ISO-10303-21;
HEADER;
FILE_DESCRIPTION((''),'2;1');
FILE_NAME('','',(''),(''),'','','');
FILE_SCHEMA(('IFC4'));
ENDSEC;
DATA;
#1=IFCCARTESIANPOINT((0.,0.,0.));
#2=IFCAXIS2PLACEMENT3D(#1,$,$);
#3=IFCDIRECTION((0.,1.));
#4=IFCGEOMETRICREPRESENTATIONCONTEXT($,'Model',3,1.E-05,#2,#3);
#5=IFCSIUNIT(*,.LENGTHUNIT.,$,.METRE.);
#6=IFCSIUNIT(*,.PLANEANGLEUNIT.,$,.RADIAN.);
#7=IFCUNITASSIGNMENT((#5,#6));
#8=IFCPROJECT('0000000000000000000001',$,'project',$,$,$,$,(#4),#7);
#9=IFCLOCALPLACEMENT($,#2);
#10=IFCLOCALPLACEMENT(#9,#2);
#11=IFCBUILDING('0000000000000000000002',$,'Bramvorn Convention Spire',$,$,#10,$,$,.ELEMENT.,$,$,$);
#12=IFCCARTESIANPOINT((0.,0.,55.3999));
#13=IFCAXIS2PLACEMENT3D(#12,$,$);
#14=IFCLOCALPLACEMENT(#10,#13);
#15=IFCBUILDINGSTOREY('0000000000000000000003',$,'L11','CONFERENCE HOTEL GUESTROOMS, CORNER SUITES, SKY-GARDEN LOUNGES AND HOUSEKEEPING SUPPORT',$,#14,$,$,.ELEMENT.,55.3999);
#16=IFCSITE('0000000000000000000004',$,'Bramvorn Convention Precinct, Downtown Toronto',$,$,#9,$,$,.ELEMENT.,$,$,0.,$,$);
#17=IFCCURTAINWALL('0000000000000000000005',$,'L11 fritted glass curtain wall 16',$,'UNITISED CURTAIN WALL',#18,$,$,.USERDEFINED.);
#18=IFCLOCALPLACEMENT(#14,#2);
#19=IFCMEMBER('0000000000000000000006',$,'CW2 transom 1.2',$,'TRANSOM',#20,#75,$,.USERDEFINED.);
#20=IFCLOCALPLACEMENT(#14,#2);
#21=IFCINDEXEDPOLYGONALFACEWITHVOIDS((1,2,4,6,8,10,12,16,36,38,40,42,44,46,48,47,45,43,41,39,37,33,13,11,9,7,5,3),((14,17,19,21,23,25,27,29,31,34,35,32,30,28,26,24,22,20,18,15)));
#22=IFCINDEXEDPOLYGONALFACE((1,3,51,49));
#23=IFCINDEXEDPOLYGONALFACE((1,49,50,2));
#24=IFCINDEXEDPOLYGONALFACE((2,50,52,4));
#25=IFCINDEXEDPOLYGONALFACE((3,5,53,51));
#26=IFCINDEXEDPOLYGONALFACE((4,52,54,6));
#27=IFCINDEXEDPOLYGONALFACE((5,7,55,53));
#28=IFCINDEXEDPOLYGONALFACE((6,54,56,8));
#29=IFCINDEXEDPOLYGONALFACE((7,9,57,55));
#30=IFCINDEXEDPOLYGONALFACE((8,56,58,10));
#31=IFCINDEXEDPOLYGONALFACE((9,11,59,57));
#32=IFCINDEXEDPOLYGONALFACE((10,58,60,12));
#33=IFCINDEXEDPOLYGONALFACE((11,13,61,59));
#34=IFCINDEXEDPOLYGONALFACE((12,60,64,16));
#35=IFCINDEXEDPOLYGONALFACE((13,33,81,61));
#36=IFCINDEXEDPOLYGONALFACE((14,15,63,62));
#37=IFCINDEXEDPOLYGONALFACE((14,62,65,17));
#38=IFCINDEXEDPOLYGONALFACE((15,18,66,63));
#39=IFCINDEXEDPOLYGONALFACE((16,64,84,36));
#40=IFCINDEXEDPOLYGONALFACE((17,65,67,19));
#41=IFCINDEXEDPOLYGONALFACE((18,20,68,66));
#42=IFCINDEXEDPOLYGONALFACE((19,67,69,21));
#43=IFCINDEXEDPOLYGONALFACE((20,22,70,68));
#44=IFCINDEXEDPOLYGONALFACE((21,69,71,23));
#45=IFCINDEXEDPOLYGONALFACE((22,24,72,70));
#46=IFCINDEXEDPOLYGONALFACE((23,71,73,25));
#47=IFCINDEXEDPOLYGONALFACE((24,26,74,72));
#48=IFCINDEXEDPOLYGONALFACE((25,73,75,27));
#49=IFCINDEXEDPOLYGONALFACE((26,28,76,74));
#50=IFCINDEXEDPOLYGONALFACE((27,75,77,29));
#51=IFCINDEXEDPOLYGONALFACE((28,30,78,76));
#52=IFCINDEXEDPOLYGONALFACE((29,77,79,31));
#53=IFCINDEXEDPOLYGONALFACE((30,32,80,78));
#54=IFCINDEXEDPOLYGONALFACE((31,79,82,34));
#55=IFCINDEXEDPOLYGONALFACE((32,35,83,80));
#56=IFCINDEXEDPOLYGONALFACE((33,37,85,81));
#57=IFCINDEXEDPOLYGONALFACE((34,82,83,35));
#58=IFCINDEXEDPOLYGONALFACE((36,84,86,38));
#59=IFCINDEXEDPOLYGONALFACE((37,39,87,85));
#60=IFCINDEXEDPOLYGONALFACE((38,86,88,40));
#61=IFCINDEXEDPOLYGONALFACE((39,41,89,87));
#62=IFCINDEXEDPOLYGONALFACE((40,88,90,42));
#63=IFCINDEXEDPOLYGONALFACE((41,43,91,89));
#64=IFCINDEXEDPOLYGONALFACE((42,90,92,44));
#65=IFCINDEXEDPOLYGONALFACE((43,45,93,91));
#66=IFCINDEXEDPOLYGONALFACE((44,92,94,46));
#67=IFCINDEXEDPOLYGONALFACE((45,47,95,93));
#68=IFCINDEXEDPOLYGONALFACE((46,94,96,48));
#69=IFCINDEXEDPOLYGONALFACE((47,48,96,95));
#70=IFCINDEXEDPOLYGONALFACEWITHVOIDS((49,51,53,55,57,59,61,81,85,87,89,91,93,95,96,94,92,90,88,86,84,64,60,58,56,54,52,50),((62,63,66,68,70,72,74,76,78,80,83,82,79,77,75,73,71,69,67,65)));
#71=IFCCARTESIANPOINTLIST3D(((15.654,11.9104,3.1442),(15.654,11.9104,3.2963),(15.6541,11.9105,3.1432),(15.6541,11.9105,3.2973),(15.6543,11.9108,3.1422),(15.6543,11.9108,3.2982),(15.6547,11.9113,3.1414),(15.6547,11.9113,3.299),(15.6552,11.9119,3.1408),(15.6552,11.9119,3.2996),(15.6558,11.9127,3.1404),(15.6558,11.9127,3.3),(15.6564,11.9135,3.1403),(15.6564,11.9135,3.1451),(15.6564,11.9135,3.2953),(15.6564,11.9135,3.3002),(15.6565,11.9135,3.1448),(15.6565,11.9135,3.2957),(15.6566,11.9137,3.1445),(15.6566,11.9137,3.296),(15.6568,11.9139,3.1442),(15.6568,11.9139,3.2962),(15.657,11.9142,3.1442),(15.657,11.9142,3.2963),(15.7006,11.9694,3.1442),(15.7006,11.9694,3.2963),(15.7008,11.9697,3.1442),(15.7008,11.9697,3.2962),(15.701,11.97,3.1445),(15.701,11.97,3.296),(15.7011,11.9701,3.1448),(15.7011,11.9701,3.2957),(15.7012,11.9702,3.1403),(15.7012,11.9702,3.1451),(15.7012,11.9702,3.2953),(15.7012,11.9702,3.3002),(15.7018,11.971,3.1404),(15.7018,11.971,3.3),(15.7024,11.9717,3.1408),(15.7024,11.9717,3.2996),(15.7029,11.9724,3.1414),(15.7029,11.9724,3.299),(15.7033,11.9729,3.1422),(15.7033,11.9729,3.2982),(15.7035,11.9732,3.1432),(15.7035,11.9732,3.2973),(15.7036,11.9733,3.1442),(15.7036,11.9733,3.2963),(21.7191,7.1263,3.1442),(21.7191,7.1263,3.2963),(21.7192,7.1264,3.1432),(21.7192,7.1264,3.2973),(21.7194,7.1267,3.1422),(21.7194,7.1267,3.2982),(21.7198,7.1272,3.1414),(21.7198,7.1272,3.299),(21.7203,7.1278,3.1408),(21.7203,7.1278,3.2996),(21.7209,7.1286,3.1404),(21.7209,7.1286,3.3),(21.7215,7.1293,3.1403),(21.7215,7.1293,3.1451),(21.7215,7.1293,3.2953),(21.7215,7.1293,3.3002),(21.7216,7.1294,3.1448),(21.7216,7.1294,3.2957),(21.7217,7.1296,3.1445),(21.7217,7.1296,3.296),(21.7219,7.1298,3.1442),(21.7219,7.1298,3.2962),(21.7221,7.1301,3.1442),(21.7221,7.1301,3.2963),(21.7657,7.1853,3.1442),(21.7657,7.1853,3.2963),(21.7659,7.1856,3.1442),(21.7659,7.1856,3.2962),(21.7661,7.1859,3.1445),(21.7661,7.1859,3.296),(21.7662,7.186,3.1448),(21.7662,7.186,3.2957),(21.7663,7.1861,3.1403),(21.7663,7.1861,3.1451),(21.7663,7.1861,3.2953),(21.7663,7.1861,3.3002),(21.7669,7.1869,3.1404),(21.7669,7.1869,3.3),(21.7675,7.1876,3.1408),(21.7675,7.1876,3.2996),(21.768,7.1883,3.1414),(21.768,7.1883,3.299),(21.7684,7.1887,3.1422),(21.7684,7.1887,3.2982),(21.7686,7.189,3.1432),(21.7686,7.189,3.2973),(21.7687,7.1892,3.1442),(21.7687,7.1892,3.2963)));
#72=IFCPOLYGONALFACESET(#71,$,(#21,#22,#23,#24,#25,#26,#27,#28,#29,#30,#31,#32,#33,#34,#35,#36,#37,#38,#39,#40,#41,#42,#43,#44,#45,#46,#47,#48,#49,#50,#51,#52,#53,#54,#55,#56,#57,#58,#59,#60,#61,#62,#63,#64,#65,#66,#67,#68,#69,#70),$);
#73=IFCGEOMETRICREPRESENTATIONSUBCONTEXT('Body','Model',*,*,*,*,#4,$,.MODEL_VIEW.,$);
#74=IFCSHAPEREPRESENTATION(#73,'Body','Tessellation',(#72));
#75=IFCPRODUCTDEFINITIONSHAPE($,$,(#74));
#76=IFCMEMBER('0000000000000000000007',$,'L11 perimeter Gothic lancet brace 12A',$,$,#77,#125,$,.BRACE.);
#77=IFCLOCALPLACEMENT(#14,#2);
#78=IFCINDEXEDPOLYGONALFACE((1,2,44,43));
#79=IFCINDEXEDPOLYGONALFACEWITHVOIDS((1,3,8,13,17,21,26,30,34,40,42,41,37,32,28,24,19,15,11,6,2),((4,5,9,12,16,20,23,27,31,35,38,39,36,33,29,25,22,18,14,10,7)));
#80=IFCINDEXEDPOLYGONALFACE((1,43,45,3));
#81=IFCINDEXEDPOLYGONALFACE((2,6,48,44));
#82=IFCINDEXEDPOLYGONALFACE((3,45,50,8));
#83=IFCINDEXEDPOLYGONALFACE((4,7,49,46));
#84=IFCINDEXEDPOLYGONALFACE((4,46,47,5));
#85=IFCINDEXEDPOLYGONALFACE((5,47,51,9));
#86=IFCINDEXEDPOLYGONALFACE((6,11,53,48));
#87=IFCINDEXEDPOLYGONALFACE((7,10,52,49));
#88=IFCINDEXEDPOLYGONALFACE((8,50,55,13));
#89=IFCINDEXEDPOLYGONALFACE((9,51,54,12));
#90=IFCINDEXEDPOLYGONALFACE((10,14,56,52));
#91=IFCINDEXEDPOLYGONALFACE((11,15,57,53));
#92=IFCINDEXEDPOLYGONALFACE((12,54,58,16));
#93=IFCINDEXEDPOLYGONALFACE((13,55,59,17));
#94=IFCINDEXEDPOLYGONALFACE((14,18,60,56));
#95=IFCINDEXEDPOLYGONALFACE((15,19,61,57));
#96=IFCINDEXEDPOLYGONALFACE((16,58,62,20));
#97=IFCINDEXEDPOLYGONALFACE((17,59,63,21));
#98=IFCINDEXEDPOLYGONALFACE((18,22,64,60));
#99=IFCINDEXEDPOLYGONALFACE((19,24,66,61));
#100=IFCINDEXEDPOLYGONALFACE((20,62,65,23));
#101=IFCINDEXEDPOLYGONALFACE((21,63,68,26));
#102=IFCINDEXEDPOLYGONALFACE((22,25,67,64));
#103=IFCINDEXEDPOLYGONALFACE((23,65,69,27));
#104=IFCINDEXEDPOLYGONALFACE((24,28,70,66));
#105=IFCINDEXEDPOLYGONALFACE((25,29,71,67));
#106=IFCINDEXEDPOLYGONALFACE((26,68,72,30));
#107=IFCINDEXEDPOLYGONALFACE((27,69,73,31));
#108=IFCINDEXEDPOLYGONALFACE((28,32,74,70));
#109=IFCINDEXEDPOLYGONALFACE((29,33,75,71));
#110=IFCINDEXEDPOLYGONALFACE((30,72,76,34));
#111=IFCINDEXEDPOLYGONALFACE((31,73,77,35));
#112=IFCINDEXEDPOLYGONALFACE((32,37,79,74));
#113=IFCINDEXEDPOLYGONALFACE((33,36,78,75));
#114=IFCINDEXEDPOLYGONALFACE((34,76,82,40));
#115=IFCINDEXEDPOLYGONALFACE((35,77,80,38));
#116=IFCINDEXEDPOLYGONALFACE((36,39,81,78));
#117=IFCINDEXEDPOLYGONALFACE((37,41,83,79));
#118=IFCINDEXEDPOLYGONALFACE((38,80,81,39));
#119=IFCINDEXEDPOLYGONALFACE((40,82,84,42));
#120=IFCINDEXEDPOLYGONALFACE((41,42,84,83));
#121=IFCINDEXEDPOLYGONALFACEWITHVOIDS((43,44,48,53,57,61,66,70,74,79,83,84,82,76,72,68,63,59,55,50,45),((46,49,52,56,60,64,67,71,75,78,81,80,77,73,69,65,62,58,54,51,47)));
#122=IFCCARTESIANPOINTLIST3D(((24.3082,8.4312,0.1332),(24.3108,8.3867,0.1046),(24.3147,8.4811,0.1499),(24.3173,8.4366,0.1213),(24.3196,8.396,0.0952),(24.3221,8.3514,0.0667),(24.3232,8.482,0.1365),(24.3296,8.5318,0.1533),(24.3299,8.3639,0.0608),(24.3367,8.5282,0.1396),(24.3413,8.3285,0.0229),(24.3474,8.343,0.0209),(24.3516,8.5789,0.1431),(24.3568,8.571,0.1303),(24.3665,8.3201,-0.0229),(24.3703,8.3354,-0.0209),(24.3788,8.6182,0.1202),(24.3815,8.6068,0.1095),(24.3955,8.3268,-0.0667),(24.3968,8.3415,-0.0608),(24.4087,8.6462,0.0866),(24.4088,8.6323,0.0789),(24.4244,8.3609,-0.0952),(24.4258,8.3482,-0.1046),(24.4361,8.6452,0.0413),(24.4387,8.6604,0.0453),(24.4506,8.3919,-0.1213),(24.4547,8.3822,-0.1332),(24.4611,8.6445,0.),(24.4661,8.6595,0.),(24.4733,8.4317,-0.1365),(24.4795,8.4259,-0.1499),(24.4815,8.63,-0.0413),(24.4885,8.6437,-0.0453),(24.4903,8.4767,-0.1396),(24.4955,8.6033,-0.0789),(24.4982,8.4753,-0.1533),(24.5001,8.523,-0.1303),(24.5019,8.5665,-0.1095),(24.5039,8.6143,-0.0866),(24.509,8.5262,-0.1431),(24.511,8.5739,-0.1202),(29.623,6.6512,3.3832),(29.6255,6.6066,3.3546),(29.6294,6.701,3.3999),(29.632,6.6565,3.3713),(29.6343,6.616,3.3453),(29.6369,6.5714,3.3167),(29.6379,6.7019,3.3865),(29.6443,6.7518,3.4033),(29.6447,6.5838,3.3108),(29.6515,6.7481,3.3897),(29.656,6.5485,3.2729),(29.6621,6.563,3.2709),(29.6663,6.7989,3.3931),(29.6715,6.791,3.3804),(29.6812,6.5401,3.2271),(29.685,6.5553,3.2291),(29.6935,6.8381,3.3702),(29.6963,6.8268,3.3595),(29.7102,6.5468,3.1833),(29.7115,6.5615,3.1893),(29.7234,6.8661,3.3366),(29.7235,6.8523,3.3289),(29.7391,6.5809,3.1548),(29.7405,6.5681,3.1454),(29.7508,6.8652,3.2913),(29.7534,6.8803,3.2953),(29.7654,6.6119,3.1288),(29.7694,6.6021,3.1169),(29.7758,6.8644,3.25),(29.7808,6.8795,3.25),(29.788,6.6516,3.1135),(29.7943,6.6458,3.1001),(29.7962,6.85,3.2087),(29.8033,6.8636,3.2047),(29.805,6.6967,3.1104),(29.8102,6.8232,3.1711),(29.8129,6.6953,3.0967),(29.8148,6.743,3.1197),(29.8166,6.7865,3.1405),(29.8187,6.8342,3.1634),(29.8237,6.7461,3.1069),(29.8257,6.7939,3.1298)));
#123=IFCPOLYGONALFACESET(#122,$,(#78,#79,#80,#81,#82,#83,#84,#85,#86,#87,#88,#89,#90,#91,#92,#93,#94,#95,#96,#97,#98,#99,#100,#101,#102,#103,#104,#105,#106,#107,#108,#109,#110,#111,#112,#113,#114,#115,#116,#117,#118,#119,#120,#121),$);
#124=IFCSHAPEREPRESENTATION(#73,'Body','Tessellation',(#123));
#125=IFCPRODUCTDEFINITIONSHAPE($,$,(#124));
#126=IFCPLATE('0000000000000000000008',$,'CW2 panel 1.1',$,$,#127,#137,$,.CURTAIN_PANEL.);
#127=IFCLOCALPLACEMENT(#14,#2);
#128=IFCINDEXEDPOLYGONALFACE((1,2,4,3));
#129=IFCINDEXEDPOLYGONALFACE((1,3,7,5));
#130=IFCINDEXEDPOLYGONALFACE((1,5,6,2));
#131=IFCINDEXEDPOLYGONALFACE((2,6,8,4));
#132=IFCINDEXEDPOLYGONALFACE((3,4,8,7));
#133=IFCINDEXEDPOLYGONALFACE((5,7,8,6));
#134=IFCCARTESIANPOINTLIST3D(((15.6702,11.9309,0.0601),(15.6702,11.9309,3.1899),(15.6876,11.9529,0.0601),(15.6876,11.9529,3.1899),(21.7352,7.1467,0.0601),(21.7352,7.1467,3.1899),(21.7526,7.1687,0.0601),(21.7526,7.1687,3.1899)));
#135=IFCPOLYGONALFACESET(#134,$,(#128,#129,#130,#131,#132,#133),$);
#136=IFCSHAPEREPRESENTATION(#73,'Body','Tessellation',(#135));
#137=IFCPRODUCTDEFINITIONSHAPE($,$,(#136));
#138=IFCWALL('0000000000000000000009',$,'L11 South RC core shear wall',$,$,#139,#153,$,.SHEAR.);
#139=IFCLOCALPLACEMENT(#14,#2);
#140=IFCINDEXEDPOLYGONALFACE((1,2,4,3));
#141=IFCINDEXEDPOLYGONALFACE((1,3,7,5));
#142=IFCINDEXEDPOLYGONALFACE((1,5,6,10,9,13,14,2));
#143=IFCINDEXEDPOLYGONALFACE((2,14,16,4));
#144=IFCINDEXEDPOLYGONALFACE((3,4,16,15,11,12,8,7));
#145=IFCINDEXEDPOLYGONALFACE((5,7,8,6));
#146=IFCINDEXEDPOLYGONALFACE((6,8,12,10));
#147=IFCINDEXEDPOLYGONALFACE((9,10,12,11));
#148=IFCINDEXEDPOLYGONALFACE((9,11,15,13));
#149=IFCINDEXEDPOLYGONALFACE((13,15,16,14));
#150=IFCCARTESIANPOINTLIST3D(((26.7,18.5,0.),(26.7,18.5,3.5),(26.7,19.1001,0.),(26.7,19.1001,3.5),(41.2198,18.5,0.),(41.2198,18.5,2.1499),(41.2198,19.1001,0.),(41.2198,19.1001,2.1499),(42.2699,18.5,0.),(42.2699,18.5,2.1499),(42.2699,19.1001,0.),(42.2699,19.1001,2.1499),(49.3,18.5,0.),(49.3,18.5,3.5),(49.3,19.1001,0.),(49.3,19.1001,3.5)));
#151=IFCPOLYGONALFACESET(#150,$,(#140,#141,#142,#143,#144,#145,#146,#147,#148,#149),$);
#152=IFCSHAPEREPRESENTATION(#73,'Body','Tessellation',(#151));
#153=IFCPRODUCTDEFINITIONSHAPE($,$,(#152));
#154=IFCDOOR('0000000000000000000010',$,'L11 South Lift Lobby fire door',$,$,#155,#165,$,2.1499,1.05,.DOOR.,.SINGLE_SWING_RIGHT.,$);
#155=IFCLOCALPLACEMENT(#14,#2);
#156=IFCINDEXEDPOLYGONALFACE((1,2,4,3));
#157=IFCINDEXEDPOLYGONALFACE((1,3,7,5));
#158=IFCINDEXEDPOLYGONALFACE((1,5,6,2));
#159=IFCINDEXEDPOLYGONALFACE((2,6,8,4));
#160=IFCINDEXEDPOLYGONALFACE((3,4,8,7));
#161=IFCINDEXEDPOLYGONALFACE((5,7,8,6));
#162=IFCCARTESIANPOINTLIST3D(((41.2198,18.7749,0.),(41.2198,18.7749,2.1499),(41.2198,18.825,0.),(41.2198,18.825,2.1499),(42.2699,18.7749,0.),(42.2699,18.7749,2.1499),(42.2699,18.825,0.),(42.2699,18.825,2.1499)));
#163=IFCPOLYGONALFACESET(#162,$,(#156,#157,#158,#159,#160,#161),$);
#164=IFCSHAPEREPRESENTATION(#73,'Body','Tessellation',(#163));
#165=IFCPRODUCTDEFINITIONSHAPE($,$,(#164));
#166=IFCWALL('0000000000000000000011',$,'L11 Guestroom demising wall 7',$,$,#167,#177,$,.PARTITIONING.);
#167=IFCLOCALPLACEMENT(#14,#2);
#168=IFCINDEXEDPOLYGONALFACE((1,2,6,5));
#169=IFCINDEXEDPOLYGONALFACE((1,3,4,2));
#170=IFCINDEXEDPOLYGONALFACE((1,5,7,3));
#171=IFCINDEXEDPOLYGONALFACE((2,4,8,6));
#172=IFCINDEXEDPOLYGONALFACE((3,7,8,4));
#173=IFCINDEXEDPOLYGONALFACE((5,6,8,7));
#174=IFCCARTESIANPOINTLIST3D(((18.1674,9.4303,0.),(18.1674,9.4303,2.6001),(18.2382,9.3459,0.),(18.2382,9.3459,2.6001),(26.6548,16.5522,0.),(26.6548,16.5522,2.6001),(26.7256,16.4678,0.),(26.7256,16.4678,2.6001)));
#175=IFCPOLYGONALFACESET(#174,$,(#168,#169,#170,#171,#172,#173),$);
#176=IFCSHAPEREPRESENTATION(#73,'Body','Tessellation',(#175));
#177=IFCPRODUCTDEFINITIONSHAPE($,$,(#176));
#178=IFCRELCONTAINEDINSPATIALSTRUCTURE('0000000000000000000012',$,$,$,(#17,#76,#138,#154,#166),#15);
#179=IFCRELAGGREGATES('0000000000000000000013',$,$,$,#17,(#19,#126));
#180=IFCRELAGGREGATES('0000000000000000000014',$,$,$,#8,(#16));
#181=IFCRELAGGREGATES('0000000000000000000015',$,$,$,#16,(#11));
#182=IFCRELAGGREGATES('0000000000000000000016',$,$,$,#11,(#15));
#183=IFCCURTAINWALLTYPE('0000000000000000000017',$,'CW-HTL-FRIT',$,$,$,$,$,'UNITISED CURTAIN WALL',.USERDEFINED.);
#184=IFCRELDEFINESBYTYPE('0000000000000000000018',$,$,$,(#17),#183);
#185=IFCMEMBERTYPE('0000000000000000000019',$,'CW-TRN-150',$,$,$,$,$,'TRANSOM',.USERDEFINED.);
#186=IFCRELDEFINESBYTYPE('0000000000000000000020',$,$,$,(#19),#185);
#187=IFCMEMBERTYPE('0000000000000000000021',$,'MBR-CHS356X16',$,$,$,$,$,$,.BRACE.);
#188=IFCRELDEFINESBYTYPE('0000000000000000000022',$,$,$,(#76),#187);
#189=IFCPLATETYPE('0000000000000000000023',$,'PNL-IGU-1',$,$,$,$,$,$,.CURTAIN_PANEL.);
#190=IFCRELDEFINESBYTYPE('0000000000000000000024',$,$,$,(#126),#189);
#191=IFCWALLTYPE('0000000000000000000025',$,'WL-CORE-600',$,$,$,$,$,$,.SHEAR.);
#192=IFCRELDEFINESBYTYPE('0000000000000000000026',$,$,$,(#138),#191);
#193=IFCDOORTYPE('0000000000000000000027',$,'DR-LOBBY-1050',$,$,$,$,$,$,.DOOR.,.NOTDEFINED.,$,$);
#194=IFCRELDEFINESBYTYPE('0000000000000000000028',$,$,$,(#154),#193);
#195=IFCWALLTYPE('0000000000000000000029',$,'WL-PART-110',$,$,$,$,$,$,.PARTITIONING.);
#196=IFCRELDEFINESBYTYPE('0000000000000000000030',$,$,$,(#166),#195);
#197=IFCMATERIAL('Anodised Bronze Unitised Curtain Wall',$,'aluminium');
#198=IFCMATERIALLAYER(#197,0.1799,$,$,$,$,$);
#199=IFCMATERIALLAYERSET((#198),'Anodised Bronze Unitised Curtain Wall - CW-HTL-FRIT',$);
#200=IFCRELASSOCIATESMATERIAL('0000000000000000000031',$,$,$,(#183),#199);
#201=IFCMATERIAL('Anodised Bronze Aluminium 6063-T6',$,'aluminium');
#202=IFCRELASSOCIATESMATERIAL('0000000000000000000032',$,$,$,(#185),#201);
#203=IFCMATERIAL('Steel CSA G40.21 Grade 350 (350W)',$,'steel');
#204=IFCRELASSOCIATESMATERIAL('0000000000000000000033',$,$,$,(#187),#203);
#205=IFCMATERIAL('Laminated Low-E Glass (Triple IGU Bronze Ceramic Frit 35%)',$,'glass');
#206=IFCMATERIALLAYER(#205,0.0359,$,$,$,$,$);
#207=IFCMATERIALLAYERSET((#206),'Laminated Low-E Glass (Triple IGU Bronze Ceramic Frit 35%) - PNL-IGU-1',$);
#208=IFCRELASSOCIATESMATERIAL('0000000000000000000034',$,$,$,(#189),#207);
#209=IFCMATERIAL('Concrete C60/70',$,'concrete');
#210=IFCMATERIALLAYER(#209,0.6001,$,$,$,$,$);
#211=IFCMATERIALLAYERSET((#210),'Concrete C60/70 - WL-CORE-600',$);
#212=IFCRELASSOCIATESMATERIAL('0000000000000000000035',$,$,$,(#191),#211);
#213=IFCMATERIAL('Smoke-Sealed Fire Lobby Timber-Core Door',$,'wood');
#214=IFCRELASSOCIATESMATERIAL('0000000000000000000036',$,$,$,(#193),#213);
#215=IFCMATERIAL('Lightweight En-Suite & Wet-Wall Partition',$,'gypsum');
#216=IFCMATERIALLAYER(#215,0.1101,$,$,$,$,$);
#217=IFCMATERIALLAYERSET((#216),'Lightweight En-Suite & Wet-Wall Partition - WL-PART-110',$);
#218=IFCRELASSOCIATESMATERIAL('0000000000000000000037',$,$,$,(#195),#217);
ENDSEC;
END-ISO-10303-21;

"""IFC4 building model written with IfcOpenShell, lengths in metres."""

from ifc_helpers import new_model, si_unit, direction, frame, frame_2d, origin, origin_2d, place, context, subcontext, project, spatial, rectangle, hollow_rectangle, hollow_circle, extrude, material, layer, layer_set, material_profile, profile_set, type_object, element, fill, aggregate, save


model = new_model("IFC4")

# Units and contexts
model_context = context("Model", 3, precision=1e-05, world=origin(), true_north=direction((0.0, 1.0)))
body_context = subcontext(model_context, "Body", "Model", "MODEL_VIEW")
ifc_project = project(units=[si_unit("LENGTHUNIT", "METRE"), si_unit("PLANEANGLEUNIT", "RADIAN")], contexts=[model_context])

# Site, building, storey
site_placement = place(None, origin())
site = spatial("IfcSite", under=ifc_project, at=site_placement, Name="Bramvorn Convention Precinct, Downtown Toronto", CompositionType="ELEMENT", RefElevation=0.0)
building_placement = place(site_placement, origin())
building = spatial("IfcBuilding", under=site, at=building_placement, Name="Bramvorn Convention Spire", CompositionType="ELEMENT")
storey_placement = place(building_placement, frame((0.0, 0.0, 55.3999)))
storey = spatial("IfcBuildingStorey", under=building, at=storey_placement, Name="L11", Description="CONFERENCE HOTEL GUESTROOMS, CORNER SUITES, SKY-GARDEN LOUNGES AND HOUSEKEEPING SUPPORT", CompositionType="ELEMENT", Elevation=55.3999)

# Shared definitions
ifc_material_1 = material(Name="Steel CSA G40.21 Grade 350 (350W)", Category="steel")

# Curtain wall, member
ifc_material_2 = material(Name="Anodised Bronze Unitised Curtain Wall", Category="aluminium")
ifc_layer_1 = layer(ifc_material_2, 0.1799)
ifc_layer_set_1 = layer_set([ifc_layer_1], Name="Anodised Bronze Unitised Curtain Wall - CW-HTL-FRIT")
curtain_wall_type = type_object("IfcCurtainWallType", Name="CW-HTL-FRIT", ElementType="UNITISED CURTAIN WALL", PredefinedType="USERDEFINED", material=ifc_layer_set_1)
curtain_wall_placement = place(storey_placement, origin())
curtain_wall = element("IfcCurtainWall", 1, at=curtain_wall_placement, inside=storey, type_object=curtain_wall_type, Name="L11 fritted glass curtain wall 16", ObjectType="UNITISED CURTAIN WALL", PredefinedType="USERDEFINED")
ifc_material_3 = material(Name="Anodised Bronze Aluminium 6063-T6", Category="aluminium")
ifc_material_profile_1 = material_profile(ifc_material_3, hollow_rectangle(XDim=0.0801, YDim=0.1599, WallThickness=0.0039, InnerFilletRadius=0.001, OuterFilletRadius=0.0039, at=origin_2d()))
ifc_profile_set_1 = profile_set([ifc_material_profile_1], Name="Anodised Bronze Aluminium 6063-T6 - CWT80X160")
member_type_1 = type_object("IfcMemberType", Name="CW-TRN-150", ElementType="TRANSOM", PredefinedType="USERDEFINED", material=ifc_profile_set_1)
member_1_placement = place(storey_placement, frame((21.7439, 7.1577, 3.2202), z_axis=(-0.785142, 0.619315, 0.0), x_axis=(-0.619315, -0.785142, 0.0)))
member_1 = element("IfcMember", 2, at=member_1_placement, type_object=member_type_1, Name="CW2 transom 1.2", ObjectType="TRANSOM", PredefinedType="USERDEFINED", context=body_context, shape_type="SweptSolid", body=[
    extrude(hollow_rectangle(XDim=0.0801, YDim=0.1599, WallThickness=0.0039, InnerFilletRadius=0.001, OuterFilletRadius=0.0039, at=origin_2d()), origin(), (0.0, 0.0, 1.0), 7.7249),
])

# Member
ifc_material_profile_2 = material_profile(ifc_material_1, hollow_circle(Radius=0.1777, WallThickness=0.0159, at=origin_2d()))
ifc_profile_set_2 = profile_set([ifc_material_profile_2], Name="Steel CSA G40.21 Grade 350 (350W) - CHS356X16")
member_type_2 = type_object("IfcMemberType", Name="MBR-CHS356X16", PredefinedType="BRACE", material=ifc_profile_set_2)
member_2_placement = place(storey_placement, frame((24.4097, 8.491, 0.0), z_axis=(0.8203, -0.27474, 0.501623), x_axis=(0.317586, 0.948229, 0.0)))
element("IfcMember", 3, at=member_2_placement, inside=storey, type_object=member_type_2, Name="L11 perimeter Gothic lancet brace 12A", PredefinedType="BRACE", context=body_context, shape_type="SweptSolid", body=[
    extrude(hollow_circle(Radius=0.1777, WallThickness=0.0159, at=origin_2d()), origin(), (0.0, 0.0, 1.0), 6.479),
])

# Plate
ifc_material_4 = material(Name="Laminated Low-E Glass (Triple IGU Bronze Ceramic Frit 35%)", Category="glass")
ifc_layer_2 = layer(ifc_material_4, 0.0359)
ifc_layer_set_2 = layer_set([ifc_layer_2], Name="Laminated Low-E Glass (Triple IGU Bronze Ceramic Frit 35%) - PNL-IGU-1")
plate_type = type_object("IfcPlateType", Name="PNL-IGU-1", PredefinedType="CURTAIN_PANEL", material=ifc_layer_set_2)
plate_placement = place(storey_placement, frame((18.7114, 9.5498, 0.0601), z_axis=(0.0, 0.0, 1.0), x_axis=(-0.785131, 0.61933, 0.0)))
plate = element("IfcPlate", 4, at=plate_placement, type_object=plate_type, Name="CW2 panel 1.1", PredefinedType="CURTAIN_PANEL", context=body_context, shape_type="SweptSolid", body=[
    extrude(rectangle(XDim=7.7249, YDim=0.0281, at=origin_2d()), origin(), (0.0, 0.0, 1.0), 3.1299),
])
aggregate(curtain_wall, [member_1, plate])

# Wall, opening, door
ifc_material_5 = material(Name="Concrete C60/70", Category="concrete")
ifc_layer_3 = layer(ifc_material_5, 0.6001)
ifc_layer_set_3 = layer_set([ifc_layer_3], Name="Concrete C60/70 - WL-CORE-600")
wall_type_1 = type_object("IfcWallType", Name="WL-CORE-600", PredefinedType="SHEAR", material=ifc_layer_set_3)
wall_1_placement = place(storey_placement, frame((26.7, 18.8, 0.0), z_axis=(0.0, 0.0, 1.0), x_axis=(1.0, 0.0, 0.0)))
wall_1 = element("IfcWall", 5, at=wall_1_placement, inside=storey, type_object=wall_type_1, Name="L11 South RC core shear wall", PredefinedType="SHEAR", context=body_context, shape_type="SweptSolid", body=[
    extrude(rectangle(XDim=22.6001, YDim=0.6001, at=frame_2d((11.3, 0.0))), origin(), (0.0, 0.0, 1.0), 3.5),
])
opening_1_placement = place(wall_1_placement, frame((14.52, 0.0, 0.0)))
opening_1 = element("IfcOpeningElement", 6, at=opening_1_placement, cuts=wall_1, PredefinedType="OPENING", context=body_context, shape_type="SweptSolid", body=[
    extrude(rectangle(XDim=1.05, YDim=2.1499, at=frame_2d((0.5249, 1.075))), frame((0.0, 0.3101, 0.0), z_axis=(0.0, -1.0, 0.0), x_axis=(1.0, 0.0, 0.0)), (0.0, 0.0, 1.0), 0.6201),
])
ifc_material_6 = material(Name="Smoke-Sealed Fire Lobby Timber-Core Door", Category="wood")
door_type_1 = type_object("IfcDoorType", Name="DR-LOBBY-1050", OperationType="NOTDEFINED", PredefinedType="DOOR", material=ifc_material_6)
door_1_placement = place(opening_1_placement, origin())
door_1 = element("IfcDoor", 7, at=door_1_placement, inside=storey, type_object=door_type_1, Name="L11 South Lift Lobby fire door", OperationType="SINGLE_SWING_RIGHT", OverallHeight=2.1499, OverallWidth=1.05, PredefinedType="DOOR", context=body_context, shape_type="SweptSolid", body=[
    extrude(rectangle(XDim=1.05, YDim=2.1499, at=frame_2d((0.5249, 1.075))), frame((0.0, 0.0249, 0.0), z_axis=(0.0, -1.0, 0.0), x_axis=(1.0, 0.0, 0.0)), (0.0, 0.0, 1.0), 0.05),
])
fill(opening_1, door_1)

# Wall
ifc_material_7 = material(Name="Lightweight En-Suite & Wet-Wall Partition", Category="gypsum")
ifc_layer_4 = layer(ifc_material_7, 0.1101)
ifc_layer_set_4 = layer_set([ifc_layer_4], Name="Lightweight En-Suite & Wet-Wall Partition - WL-PART-110")
wall_type_2 = type_object("IfcWallType", Name="WL-PART-110", PredefinedType="PARTITIONING", material=ifc_layer_set_4)
wall_2_placement = place(storey_placement, frame((26.6902, 16.51, 0.0), z_axis=(0.0, 0.0, 1.0), x_axis=(-0.766039, -0.642795, 0.0)))
element("IfcWall", 8, at=wall_2_placement, inside=storey, type_object=wall_type_2, Name="L11 Guestroom demising wall 7", PredefinedType="PARTITIONING", context=body_context, shape_type="SweptSolid", body=[
    extrude(rectangle(XDim=11.0796, YDim=0.1101, at=frame_2d((5.5398, 0.0))), origin(), (0.0, 0.0, 1.0), 2.6001),
])

save(model, "model.ifc")
